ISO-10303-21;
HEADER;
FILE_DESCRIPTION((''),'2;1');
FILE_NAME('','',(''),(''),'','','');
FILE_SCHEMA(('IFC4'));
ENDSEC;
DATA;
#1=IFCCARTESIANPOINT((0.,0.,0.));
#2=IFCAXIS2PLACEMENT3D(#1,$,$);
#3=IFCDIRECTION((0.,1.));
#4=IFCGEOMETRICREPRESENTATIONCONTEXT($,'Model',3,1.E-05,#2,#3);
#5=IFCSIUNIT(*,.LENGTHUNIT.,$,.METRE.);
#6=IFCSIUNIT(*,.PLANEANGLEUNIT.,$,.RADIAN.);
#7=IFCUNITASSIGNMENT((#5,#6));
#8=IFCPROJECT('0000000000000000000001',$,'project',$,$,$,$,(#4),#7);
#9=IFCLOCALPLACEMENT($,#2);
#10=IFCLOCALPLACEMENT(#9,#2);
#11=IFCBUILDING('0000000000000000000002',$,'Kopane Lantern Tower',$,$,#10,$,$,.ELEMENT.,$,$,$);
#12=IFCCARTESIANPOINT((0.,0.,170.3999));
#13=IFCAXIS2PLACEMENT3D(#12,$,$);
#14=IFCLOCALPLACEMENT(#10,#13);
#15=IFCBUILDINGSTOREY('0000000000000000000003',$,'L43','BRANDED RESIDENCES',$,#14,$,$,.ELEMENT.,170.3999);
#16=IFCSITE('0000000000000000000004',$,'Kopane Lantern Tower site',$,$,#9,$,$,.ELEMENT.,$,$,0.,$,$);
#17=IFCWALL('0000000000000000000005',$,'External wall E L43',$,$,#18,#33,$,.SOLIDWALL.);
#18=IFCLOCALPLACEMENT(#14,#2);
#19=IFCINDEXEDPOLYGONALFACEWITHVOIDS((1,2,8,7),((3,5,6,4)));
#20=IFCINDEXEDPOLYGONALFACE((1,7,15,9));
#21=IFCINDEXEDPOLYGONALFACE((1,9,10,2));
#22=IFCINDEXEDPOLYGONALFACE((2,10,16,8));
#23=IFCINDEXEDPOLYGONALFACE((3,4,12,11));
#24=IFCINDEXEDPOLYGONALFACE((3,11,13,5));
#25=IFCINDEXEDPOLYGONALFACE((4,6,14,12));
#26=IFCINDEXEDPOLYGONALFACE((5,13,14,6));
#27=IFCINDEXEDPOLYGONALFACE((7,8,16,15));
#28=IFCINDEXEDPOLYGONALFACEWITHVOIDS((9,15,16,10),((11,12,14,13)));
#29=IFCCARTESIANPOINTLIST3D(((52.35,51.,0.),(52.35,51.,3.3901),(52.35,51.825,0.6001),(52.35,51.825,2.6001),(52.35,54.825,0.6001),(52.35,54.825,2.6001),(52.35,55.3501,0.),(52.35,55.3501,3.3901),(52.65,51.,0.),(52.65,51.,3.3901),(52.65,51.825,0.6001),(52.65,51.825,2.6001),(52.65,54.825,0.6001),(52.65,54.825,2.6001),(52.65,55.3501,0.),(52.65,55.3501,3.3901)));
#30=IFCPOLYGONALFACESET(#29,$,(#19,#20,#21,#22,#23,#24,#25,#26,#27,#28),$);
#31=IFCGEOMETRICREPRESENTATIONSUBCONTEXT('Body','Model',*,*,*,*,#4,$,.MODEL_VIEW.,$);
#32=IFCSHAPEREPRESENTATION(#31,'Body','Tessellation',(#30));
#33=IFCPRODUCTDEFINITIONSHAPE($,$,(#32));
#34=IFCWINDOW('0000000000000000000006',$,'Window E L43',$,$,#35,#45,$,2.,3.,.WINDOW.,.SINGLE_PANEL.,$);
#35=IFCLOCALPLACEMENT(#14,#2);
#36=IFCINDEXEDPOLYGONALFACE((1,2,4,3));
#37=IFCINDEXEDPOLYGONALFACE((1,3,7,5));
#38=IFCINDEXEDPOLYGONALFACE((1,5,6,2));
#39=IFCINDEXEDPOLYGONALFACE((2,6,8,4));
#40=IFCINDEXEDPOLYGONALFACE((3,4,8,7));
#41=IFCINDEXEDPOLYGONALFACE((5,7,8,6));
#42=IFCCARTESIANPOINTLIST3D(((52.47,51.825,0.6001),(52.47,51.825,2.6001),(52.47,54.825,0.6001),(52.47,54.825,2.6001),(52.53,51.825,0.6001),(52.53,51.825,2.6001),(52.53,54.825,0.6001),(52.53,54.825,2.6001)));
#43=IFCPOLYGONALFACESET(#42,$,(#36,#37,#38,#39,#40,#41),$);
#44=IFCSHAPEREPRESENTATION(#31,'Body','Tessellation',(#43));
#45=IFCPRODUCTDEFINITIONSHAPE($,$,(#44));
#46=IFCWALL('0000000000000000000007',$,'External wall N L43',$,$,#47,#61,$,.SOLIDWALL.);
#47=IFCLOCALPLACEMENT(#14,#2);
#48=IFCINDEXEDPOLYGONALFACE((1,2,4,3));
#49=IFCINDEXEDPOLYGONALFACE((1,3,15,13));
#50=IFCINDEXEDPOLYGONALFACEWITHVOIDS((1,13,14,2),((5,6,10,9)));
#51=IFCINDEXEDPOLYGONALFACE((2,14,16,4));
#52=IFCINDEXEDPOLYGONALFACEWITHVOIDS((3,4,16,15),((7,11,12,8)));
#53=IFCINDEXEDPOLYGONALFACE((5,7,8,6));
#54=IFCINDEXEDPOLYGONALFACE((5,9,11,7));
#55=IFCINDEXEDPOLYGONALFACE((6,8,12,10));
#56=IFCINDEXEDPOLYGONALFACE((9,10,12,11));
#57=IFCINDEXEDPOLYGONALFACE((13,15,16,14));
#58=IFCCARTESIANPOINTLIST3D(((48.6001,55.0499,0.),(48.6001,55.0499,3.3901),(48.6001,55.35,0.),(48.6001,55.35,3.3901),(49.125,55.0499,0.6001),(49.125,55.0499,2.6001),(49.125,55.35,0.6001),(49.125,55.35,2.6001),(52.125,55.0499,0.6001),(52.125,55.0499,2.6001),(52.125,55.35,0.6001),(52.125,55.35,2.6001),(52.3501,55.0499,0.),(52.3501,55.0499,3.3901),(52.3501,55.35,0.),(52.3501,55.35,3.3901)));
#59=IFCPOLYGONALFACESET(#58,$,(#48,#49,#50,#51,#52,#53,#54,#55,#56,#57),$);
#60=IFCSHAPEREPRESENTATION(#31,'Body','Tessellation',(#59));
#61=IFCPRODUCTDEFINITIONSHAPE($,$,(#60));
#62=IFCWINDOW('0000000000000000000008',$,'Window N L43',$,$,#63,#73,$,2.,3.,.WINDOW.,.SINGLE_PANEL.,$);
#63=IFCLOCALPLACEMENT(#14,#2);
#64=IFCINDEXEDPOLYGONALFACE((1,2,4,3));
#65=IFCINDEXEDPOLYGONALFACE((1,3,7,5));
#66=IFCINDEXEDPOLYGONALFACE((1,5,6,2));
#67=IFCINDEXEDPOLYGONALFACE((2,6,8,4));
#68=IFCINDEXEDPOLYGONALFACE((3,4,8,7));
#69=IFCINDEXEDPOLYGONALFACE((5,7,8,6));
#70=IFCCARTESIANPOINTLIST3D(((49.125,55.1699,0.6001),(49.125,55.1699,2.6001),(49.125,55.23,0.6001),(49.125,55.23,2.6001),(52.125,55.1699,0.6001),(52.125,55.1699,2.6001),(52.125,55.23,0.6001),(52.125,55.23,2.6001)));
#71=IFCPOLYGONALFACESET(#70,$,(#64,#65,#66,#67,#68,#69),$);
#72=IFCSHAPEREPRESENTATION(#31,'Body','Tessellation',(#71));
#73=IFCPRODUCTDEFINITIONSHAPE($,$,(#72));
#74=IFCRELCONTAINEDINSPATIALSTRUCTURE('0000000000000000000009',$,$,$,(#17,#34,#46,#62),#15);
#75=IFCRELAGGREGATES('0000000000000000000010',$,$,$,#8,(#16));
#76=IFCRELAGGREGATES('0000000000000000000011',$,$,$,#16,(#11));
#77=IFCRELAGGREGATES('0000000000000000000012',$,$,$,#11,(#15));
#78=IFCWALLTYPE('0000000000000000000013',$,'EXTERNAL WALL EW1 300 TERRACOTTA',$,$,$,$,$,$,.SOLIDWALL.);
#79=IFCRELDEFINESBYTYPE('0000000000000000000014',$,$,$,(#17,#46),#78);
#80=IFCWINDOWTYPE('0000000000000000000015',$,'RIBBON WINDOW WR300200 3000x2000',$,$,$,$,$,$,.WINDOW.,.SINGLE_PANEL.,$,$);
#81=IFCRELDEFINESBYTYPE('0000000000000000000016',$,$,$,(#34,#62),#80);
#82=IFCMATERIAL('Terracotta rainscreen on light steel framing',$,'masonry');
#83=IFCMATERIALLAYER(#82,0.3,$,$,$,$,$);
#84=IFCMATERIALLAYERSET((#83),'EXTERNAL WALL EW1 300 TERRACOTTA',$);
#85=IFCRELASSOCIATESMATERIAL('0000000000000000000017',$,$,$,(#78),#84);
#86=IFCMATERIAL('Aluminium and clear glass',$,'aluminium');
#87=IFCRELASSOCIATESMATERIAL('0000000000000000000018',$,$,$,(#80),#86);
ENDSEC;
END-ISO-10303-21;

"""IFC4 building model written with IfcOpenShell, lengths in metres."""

from ifc_helpers import new_model, si_unit, direction, frame, frame_2d, origin, place, context, subcontext, project, spatial, rectangle, extrude, material, layer, layer_set, type_object, element, fill, save


model = new_model("IFC4")

# Units and contexts
model_context = context("Model", 3, precision=1e-05, world=origin(), true_north=direction((0.0, 1.0)))
body_context = subcontext(model_context, "Body", "Model", "MODEL_VIEW")
ifc_project = project(units=[si_unit("LENGTHUNIT", "METRE"), si_unit("PLANEANGLEUNIT", "RADIAN")], contexts=[model_context])

# Site, building, storey
site_placement = place(None, origin())
site = spatial("IfcSite", under=ifc_project, at=site_placement, Name="Kopane Lantern Tower site", CompositionType="ELEMENT", RefElevation=0.0)
building_placement = place(site_placement, origin())
building = spatial("IfcBuilding", under=site, at=building_placement, Name="Kopane Lantern Tower", CompositionType="ELEMENT")
storey_placement = place(building_placement, frame((0.0, 0.0, 170.3999)))
storey = spatial("IfcBuildingStorey", under=building, at=storey_placement, Name="L43", Description="BRANDED RESIDENCES", CompositionType="ELEMENT", Elevation=170.3999)

# Walls, openings, windows
ifc_material_1 = material(Name="Terracotta rainscreen on light steel framing", Category="masonry")
ifc_layer = layer(ifc_material_1, 0.3)
ifc_layer_set = layer_set([ifc_layer], Name="EXTERNAL WALL EW1 300 TERRACOTTA")
wall_type = type_object("IfcWallType", Name="EXTERNAL WALL EW1 300 TERRACOTTA", PredefinedType="SOLIDWALL", material=ifc_layer_set)
ifc_material_2 = material(Name="Aluminium and clear glass", Category="aluminium")
window_type = type_object("IfcWindowType", Name="RIBBON WINDOW WR300200 3000x2000", PartitioningType="SINGLE_PANEL", PredefinedType="WINDOW", material=ifc_material_2)
wall_1_placement = place(storey_placement, frame((52.5, 51.0, 0.0), z_axis=(0.0, 0.0, 1.0), x_axis=(0.0, 1.0, 0.0)))
wall_1 = element("IfcWall", 1, at=wall_1_placement, inside=storey, type_object=wall_type, Name="External wall E L43", PredefinedType="SOLIDWALL", context=body_context, shape_type="SweptSolid", body=[
    extrude(rectangle(XDim=4.3501, YDim=0.3, at=frame_2d((2.175, 0.0))), origin(), (0.0, 0.0, 1.0), 3.3901),
])
opening_1_placement = place(wall_1_placement, frame((0.825, 0.0, 0.6001)))
opening_1 = element("IfcOpeningElement", 2, at=opening_1_placement, cuts=wall_1, PredefinedType="OPENING", context=body_context, shape_type="SweptSolid", body=[
    extrude(rectangle(XDim=3.0, YDim=2.0, at=frame_2d((1.5, 1.0))), frame((0.0, 0.1599, 0.0), z_axis=(0.0, -1.0, 0.0), x_axis=(1.0, 0.0, 0.0)), (0.0, 0.0, 1.0), 0.3201),
])
window_1_placement = place(opening_1_placement, origin())
window_1 = element("IfcWindow", 3, at=window_1_placement, inside=storey, type_object=window_type, Name="Window E L43", OverallHeight=2.0, OverallWidth=3.0, PartitioningType="SINGLE_PANEL", PredefinedType="WINDOW", context=body_context, shape_type="SweptSolid", body=[
    extrude(rectangle(XDim=3.0, YDim=2.0, at=frame_2d((1.5, 1.0))), frame((0.0, 0.03, 0.0), z_axis=(0.0, -1.0, 0.0), x_axis=(1.0, 0.0, 0.0)), (0.0, 0.0, 1.0), 0.0601),
])
fill(opening_1, window_1)
wall_2_placement = place(storey_placement, frame((52.3501, 55.2, 0.0), z_axis=(0.0, 0.0, 1.0), x_axis=(-1.0, 0.0, 0.0)))
wall_2 = element("IfcWall", 4, at=wall_2_placement, inside=storey, type_object=wall_type, Name="External wall N L43", PredefinedType="SOLIDWALL", context=body_context, shape_type="SweptSolid", body=[
    extrude(rectangle(XDim=3.75, YDim=0.3, at=frame_2d((1.875, 0.0))), origin(), (0.0, 0.0, 1.0), 3.3901),
])
opening_2_placement = place(wall_2_placement, frame((0.2251, 0.0, 0.6001)))
opening_2 = element("IfcOpeningElement", 5, at=opening_2_placement, cuts=wall_2, PredefinedType="OPENING", context=body_context, shape_type="SweptSolid", body=[
    extrude(rectangle(XDim=3.0, YDim=2.0, at=frame_2d((1.5, 1.0))), frame((0.0, 0.1599, 0.0), z_axis=(0.0, -1.0, 0.0), x_axis=(1.0, 0.0, 0.0)), (0.0, 0.0, 1.0), 0.3201),
])
window_2_placement = place(opening_2_placement, origin())
window_2 = element("IfcWindow", 6, at=window_2_placement, inside=storey, type_object=window_type, Name="Window N L43", OverallHeight=2.0, OverallWidth=3.0, PartitioningType="SINGLE_PANEL", PredefinedType="WINDOW", context=body_context, shape_type="SweptSolid", body=[
    extrude(rectangle(XDim=3.0, YDim=2.0, at=frame_2d((1.5, 1.0))), frame((0.0, 0.03, 0.0), z_axis=(0.0, -1.0, 0.0), x_axis=(1.0, 0.0, 0.0)), (0.0, 0.0, 1.0), 0.0601),
])
fill(opening_2, window_2)

save(model, "model.ifc")
